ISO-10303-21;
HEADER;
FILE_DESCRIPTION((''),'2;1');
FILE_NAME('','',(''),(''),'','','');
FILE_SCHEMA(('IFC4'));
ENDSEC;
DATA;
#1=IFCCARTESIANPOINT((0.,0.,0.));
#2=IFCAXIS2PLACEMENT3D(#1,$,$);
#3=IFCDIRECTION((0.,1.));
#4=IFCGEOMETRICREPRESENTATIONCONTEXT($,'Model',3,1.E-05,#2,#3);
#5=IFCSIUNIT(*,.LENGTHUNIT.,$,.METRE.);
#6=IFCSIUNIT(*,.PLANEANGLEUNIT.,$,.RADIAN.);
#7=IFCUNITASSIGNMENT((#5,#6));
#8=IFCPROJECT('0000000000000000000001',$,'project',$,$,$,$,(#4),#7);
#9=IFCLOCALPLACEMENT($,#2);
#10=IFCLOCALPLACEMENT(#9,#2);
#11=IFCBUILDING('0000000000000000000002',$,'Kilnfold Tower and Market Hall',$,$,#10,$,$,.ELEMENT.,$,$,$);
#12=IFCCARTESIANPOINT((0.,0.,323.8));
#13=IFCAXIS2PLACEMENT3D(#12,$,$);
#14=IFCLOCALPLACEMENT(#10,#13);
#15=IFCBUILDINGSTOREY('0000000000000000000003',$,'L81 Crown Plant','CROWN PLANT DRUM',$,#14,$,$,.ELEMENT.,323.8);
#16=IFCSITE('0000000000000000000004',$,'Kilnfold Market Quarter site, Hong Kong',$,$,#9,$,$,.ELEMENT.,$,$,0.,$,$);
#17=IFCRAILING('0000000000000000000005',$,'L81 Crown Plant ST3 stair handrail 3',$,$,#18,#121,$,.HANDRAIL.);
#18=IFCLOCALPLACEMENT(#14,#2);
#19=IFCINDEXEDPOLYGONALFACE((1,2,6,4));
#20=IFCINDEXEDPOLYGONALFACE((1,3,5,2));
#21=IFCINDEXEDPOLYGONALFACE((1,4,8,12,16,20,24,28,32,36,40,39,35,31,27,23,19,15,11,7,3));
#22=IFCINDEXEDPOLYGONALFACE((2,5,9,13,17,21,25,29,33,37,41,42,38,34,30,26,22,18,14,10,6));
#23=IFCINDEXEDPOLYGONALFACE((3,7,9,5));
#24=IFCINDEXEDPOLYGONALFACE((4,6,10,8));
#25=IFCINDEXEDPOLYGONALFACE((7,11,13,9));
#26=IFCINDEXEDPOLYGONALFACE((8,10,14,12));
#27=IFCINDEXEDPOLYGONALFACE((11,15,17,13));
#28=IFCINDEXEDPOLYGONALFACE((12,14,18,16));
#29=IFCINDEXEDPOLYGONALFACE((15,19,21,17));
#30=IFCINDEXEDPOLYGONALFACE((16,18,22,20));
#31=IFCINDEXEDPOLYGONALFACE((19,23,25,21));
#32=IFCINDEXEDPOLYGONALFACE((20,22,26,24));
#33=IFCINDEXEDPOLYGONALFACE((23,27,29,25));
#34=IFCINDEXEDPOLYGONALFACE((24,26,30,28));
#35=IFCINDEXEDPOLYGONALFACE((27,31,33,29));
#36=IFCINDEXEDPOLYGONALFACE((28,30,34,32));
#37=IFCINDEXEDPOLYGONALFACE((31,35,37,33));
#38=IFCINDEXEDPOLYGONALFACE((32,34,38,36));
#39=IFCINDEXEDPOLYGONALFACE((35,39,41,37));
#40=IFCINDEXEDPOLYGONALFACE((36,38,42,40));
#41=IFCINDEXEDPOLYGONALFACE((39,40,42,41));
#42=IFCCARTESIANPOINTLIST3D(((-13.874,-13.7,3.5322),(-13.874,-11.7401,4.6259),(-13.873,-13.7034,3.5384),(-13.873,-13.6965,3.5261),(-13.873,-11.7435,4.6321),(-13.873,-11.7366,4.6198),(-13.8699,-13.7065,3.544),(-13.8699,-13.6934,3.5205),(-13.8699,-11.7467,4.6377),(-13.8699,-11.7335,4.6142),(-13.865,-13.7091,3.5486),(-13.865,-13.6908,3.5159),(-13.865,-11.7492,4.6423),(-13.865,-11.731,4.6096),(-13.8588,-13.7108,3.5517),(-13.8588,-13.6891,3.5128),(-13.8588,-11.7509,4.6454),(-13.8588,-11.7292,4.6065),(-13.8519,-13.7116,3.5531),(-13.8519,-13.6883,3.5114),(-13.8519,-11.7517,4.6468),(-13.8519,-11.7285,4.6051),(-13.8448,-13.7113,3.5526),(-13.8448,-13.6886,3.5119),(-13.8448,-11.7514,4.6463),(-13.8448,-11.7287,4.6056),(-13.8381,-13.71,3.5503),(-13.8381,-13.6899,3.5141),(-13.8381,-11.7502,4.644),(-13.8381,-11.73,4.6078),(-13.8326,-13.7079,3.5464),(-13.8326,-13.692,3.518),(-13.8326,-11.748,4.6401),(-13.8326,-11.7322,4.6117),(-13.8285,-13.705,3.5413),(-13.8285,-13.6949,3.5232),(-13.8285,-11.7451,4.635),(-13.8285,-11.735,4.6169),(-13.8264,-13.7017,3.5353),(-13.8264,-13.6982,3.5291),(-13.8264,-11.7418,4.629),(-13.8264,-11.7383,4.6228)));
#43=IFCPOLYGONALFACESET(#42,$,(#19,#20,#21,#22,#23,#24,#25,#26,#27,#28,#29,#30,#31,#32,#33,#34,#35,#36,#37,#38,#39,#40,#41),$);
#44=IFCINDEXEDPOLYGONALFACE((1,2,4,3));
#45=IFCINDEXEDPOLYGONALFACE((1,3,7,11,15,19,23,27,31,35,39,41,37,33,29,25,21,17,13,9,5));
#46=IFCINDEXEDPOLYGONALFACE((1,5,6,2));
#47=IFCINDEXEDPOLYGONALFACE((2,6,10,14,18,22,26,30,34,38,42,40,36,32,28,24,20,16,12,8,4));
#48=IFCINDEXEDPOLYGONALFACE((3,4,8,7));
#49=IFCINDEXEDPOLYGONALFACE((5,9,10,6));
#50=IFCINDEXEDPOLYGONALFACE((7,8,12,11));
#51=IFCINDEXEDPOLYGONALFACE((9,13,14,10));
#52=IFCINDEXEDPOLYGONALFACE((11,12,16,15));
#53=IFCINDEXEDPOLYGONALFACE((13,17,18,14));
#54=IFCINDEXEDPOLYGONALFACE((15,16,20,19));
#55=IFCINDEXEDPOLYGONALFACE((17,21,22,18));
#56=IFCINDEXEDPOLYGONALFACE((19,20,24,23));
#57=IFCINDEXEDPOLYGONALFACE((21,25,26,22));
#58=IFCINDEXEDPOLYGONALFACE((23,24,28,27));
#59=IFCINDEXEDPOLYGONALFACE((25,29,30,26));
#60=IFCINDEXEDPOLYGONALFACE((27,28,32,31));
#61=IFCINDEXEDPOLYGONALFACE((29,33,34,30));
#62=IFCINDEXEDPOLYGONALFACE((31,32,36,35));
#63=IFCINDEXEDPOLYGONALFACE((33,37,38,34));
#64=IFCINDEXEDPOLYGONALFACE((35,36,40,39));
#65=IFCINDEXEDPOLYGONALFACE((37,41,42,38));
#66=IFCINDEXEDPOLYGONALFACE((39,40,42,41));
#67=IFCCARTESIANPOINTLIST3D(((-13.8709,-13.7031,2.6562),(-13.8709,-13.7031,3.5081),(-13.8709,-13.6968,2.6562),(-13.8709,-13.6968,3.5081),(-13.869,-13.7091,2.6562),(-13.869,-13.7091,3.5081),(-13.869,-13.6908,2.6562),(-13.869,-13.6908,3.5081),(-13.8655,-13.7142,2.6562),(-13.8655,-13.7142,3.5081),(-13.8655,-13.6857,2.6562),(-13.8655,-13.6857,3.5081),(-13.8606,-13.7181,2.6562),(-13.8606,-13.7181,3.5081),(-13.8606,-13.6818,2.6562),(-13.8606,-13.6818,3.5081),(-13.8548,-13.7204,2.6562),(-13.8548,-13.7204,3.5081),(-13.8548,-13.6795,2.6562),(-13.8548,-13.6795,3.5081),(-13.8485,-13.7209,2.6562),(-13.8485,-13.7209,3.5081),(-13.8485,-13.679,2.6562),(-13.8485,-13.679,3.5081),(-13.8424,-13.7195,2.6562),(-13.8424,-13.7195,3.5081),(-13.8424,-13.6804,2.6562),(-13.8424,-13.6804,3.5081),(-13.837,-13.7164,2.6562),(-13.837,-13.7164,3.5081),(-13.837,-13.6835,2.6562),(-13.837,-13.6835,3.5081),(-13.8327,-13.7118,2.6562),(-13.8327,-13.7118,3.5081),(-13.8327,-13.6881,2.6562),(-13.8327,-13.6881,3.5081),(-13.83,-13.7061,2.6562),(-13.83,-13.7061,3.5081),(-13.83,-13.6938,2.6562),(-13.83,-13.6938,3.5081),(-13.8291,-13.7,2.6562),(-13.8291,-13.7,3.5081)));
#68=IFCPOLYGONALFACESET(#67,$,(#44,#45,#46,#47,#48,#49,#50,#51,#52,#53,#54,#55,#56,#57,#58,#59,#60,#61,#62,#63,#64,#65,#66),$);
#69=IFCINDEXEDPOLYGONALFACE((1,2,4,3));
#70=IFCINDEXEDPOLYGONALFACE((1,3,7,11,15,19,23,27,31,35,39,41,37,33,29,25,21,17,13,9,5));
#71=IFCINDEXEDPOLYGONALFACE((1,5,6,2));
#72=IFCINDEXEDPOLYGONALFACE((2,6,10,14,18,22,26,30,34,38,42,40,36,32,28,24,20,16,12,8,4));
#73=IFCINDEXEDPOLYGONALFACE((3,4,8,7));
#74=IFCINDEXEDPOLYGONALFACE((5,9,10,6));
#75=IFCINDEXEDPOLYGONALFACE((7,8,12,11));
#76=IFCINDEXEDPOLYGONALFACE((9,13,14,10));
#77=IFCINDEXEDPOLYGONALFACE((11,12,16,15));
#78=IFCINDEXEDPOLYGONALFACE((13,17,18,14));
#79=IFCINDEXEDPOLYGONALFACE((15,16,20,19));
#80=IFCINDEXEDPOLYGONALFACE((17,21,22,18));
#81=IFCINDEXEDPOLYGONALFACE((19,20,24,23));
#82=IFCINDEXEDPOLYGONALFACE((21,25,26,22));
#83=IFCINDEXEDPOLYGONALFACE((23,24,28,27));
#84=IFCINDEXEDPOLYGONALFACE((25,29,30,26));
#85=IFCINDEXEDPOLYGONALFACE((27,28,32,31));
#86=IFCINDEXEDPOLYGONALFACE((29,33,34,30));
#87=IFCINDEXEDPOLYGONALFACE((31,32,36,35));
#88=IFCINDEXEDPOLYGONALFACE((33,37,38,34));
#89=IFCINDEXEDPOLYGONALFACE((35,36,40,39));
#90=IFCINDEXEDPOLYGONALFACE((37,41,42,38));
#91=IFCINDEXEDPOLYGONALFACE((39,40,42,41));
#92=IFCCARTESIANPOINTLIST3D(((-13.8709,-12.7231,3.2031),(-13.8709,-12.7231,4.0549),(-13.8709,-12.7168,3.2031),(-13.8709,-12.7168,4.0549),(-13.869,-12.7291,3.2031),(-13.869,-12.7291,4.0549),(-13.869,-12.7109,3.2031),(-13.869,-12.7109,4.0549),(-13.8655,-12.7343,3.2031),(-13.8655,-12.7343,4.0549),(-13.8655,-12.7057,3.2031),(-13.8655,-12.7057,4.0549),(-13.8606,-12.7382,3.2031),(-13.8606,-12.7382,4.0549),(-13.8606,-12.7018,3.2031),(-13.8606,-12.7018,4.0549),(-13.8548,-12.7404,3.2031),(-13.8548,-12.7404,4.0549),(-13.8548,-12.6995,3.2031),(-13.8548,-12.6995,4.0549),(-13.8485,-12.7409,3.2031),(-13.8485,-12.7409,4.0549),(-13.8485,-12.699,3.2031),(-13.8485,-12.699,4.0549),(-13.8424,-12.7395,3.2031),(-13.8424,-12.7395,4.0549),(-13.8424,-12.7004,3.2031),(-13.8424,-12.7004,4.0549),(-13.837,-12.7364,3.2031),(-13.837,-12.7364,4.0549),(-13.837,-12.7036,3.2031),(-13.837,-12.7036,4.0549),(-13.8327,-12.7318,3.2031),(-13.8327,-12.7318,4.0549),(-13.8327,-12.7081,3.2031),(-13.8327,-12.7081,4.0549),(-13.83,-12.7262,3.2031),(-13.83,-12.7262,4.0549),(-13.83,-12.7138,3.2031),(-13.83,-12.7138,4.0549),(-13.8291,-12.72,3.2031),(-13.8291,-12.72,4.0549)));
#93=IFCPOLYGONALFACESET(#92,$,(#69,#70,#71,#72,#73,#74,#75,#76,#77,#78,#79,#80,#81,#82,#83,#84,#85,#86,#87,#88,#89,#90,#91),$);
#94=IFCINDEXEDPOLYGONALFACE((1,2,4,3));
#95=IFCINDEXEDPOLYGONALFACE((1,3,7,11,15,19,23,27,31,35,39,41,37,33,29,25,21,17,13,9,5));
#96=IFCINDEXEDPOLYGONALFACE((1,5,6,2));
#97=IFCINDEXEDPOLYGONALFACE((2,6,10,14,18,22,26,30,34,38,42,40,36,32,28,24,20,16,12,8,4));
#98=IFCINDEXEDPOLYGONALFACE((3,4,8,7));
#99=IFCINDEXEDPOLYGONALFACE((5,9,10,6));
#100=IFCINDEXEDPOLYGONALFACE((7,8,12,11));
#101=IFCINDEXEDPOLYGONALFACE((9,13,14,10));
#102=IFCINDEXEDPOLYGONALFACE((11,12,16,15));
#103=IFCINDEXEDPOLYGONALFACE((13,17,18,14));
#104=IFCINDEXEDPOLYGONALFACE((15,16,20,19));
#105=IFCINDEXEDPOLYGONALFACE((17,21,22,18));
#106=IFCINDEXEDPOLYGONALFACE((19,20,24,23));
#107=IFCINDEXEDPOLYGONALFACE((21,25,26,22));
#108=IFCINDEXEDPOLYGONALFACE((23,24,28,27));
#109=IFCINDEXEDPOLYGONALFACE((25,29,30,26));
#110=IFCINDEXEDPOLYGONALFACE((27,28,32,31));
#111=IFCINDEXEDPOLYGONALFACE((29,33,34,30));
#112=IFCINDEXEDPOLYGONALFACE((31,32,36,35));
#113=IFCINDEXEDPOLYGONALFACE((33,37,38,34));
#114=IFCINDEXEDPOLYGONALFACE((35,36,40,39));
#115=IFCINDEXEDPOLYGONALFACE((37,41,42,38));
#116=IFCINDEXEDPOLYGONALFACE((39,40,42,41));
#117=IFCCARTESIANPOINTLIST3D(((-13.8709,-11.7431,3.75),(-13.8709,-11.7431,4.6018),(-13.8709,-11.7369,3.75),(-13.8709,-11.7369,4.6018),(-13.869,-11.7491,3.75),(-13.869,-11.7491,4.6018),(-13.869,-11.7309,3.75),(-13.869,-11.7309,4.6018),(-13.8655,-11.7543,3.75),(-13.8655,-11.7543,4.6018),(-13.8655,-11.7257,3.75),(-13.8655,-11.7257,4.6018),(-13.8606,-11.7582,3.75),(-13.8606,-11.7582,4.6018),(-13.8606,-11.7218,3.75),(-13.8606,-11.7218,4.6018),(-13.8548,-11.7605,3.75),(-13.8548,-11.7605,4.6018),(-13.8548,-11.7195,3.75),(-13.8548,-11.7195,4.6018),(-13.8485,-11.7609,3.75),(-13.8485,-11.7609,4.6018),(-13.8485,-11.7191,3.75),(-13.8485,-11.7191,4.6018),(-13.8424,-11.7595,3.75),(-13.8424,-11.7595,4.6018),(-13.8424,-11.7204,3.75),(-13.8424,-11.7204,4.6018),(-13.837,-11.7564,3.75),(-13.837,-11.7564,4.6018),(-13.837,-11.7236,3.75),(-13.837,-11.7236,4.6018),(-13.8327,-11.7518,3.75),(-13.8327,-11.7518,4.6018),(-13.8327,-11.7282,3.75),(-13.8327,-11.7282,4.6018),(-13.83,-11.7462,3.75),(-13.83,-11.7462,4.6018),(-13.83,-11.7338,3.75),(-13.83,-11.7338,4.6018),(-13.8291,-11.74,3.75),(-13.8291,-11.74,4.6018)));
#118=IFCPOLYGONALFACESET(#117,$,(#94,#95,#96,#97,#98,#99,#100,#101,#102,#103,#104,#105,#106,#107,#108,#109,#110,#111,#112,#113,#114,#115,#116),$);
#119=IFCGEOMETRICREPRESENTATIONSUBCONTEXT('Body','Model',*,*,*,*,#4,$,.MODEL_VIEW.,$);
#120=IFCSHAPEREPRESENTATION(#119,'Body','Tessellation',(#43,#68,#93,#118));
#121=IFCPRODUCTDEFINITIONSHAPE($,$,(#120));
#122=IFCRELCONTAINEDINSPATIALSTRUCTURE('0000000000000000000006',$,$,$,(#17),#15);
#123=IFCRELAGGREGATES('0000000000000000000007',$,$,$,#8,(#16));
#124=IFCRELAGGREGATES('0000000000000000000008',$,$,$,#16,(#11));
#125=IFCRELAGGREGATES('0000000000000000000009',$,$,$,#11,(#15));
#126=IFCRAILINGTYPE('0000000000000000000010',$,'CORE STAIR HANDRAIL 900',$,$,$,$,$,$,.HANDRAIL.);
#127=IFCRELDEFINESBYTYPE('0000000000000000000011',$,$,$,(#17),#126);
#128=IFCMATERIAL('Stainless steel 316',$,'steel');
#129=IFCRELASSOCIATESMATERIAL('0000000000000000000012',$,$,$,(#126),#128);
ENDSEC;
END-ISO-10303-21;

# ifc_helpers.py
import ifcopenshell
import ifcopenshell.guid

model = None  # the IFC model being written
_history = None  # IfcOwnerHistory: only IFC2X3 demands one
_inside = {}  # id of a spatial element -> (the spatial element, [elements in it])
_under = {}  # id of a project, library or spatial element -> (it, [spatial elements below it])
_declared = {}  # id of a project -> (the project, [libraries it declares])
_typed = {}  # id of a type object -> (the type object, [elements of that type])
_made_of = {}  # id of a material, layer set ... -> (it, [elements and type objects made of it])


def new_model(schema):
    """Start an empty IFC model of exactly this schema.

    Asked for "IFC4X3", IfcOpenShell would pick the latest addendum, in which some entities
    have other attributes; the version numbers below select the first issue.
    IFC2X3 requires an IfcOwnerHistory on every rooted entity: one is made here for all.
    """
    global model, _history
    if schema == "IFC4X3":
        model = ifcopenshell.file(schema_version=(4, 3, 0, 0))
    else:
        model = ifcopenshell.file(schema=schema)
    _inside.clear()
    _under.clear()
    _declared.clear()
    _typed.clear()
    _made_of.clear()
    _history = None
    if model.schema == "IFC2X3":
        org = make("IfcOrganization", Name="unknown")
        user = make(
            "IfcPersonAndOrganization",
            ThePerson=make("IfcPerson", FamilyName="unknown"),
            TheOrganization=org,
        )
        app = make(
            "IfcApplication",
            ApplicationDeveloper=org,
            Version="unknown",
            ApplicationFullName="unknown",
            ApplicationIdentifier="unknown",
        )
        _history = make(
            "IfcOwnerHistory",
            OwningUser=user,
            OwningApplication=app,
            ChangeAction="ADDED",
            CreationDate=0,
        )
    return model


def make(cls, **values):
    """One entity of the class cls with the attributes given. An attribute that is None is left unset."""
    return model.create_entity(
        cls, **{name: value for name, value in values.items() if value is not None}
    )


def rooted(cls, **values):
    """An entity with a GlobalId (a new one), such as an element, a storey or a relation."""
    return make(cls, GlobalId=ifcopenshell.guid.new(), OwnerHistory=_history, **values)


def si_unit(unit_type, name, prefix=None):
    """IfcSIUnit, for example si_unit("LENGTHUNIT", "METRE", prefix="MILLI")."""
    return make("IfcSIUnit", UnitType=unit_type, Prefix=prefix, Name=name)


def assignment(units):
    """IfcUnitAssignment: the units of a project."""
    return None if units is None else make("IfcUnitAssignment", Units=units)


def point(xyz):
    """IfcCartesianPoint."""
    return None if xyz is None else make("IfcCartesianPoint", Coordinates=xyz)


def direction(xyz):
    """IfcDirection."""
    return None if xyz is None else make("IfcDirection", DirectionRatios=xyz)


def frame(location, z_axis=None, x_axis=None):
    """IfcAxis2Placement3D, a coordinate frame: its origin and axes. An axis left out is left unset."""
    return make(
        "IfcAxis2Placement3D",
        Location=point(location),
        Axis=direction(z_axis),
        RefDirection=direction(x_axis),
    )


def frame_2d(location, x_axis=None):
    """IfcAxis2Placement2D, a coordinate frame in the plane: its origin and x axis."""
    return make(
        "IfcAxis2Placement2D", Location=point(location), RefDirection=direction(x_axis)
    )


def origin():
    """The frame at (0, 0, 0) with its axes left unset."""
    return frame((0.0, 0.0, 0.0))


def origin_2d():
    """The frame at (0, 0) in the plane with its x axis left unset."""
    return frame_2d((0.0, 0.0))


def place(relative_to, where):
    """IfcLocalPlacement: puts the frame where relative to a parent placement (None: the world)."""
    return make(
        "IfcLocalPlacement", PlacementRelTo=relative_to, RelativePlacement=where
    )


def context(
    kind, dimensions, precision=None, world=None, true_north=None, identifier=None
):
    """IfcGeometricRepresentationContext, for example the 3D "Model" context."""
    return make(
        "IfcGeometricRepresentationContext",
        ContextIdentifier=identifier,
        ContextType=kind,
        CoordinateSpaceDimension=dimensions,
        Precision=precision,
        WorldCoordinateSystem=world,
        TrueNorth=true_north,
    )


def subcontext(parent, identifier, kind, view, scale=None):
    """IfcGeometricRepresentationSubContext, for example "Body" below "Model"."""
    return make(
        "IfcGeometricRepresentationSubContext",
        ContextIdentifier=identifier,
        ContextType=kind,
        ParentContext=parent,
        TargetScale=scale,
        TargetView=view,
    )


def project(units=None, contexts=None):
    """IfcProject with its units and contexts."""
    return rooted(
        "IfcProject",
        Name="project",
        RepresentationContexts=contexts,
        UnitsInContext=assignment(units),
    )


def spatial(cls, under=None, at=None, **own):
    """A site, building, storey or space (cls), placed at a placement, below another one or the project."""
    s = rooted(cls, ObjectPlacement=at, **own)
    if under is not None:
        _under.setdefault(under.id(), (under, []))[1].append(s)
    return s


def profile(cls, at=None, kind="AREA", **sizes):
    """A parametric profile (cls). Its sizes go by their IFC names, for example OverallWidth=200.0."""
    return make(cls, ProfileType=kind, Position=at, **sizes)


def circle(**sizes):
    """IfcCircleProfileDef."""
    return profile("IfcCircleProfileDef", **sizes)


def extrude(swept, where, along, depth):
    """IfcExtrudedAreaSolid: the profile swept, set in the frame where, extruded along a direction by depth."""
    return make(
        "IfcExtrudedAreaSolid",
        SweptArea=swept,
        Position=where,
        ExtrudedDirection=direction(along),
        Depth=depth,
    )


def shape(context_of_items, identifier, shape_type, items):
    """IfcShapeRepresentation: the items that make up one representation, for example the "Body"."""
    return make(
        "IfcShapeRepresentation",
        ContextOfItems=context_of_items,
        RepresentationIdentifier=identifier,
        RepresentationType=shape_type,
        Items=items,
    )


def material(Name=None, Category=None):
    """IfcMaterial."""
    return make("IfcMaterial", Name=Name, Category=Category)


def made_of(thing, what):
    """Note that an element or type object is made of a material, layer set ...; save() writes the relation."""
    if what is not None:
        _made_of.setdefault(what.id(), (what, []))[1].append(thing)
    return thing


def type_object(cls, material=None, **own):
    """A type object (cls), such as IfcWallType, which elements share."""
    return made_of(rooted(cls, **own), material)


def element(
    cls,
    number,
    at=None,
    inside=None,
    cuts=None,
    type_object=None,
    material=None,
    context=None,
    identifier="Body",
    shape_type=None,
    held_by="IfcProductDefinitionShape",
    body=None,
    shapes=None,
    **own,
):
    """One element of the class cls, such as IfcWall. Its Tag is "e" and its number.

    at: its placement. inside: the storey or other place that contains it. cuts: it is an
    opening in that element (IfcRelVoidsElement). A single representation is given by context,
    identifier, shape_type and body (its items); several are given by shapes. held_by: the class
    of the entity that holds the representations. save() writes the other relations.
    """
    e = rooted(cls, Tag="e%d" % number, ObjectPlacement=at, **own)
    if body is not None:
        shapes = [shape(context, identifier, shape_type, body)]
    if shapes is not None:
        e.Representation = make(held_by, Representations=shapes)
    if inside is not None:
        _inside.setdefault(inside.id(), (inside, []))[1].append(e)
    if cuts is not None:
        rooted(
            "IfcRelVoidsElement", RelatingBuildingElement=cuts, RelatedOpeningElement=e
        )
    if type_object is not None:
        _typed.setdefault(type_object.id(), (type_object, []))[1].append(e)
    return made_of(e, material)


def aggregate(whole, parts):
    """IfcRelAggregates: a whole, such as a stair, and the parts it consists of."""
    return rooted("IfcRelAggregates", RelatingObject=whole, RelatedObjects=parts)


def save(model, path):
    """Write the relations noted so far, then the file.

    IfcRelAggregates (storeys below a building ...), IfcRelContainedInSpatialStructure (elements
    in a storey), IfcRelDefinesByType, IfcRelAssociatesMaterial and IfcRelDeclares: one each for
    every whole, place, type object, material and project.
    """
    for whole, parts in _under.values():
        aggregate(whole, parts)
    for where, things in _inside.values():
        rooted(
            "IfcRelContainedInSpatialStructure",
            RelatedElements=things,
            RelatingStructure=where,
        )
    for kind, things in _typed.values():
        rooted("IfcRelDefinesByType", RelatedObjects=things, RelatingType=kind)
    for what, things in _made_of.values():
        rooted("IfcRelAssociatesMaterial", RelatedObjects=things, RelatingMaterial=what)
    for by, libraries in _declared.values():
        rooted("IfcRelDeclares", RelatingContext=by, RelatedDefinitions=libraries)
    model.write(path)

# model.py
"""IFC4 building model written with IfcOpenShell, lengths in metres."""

from ifc_helpers import new_model, si_unit, direction, frame, origin, origin_2d, place, context, subcontext, project, spatial, circle, extrude, material, type_object, element, save


model = new_model("IFC4")

# Units and contexts
model_context = context("Model", 3, precision=1e-05, world=origin(), true_north=direction((0.0, 1.0)))
body_context = subcontext(model_context, "Body", "Model", "MODEL_VIEW")
ifc_project = project(units=[si_unit("LENGTHUNIT", "METRE"), si_unit("PLANEANGLEUNIT", "RADIAN")], contexts=[model_context])

# Site, building, storey
site_placement = place(None, origin())
site = spatial("IfcSite", under=ifc_project, at=site_placement, Name="Kilnfold Market Quarter site, Hong Kong", CompositionType="ELEMENT", RefElevation=0.0)
building_placement = place(site_placement, origin())
building = spatial("IfcBuilding", under=site, at=building_placement, Name="Kilnfold Tower and Market Hall", CompositionType="ELEMENT")
storey_placement = place(building_placement, frame((0.0, 0.0, 323.8)))
storey = spatial("IfcBuildingStorey", under=building, at=storey_placement, Name="L81 Crown Plant", Description="CROWN PLANT DRUM", CompositionType="ELEMENT", Elevation=323.8)

# Railing
ifc_material_1 = material(Name="Stainless steel 316", Category="steel")
railing_type_1 = type_object("IfcRailingType", Name="CORE STAIR HANDRAIL 900", PredefinedType="HANDRAIL", material=ifc_material_1)
railing_1_placement = place(storey_placement, frame((-13.8501, -13.7, 2.6562)))
element("IfcRailing", 1, at=railing_1_placement, inside=storey, type_object=railing_type_1, Name="L81 Crown Plant ST3 stair handrail 3", PredefinedType="HANDRAIL", context=body_context, shape_type="SweptSolid", body=[
    extrude(circle(Radius=0.0239, at=origin_2d()), frame((0.0, 0.0, 0.876), z_axis=(0.0, 0.873232, 0.487304), x_axis=(-1.0, 0.0, 0.0)), (0.0, 0.0, 1.0), 2.2444),
    extrude(circle(Radius=0.021, at=origin_2d()), origin(), (0.0, 0.0, 1.0), 0.8518),
    extrude(circle(Radius=0.021, at=origin_2d()), frame((0.0, 0.98, 0.5469)), (0.0, 0.0, 1.0), 0.8518),
    extrude(circle(Radius=0.021, at=origin_2d()), frame((0.0, 1.96, 1.0938)), (0.0, 0.0, 1.0), 0.8518),
])

save(model, "model.ifc")
